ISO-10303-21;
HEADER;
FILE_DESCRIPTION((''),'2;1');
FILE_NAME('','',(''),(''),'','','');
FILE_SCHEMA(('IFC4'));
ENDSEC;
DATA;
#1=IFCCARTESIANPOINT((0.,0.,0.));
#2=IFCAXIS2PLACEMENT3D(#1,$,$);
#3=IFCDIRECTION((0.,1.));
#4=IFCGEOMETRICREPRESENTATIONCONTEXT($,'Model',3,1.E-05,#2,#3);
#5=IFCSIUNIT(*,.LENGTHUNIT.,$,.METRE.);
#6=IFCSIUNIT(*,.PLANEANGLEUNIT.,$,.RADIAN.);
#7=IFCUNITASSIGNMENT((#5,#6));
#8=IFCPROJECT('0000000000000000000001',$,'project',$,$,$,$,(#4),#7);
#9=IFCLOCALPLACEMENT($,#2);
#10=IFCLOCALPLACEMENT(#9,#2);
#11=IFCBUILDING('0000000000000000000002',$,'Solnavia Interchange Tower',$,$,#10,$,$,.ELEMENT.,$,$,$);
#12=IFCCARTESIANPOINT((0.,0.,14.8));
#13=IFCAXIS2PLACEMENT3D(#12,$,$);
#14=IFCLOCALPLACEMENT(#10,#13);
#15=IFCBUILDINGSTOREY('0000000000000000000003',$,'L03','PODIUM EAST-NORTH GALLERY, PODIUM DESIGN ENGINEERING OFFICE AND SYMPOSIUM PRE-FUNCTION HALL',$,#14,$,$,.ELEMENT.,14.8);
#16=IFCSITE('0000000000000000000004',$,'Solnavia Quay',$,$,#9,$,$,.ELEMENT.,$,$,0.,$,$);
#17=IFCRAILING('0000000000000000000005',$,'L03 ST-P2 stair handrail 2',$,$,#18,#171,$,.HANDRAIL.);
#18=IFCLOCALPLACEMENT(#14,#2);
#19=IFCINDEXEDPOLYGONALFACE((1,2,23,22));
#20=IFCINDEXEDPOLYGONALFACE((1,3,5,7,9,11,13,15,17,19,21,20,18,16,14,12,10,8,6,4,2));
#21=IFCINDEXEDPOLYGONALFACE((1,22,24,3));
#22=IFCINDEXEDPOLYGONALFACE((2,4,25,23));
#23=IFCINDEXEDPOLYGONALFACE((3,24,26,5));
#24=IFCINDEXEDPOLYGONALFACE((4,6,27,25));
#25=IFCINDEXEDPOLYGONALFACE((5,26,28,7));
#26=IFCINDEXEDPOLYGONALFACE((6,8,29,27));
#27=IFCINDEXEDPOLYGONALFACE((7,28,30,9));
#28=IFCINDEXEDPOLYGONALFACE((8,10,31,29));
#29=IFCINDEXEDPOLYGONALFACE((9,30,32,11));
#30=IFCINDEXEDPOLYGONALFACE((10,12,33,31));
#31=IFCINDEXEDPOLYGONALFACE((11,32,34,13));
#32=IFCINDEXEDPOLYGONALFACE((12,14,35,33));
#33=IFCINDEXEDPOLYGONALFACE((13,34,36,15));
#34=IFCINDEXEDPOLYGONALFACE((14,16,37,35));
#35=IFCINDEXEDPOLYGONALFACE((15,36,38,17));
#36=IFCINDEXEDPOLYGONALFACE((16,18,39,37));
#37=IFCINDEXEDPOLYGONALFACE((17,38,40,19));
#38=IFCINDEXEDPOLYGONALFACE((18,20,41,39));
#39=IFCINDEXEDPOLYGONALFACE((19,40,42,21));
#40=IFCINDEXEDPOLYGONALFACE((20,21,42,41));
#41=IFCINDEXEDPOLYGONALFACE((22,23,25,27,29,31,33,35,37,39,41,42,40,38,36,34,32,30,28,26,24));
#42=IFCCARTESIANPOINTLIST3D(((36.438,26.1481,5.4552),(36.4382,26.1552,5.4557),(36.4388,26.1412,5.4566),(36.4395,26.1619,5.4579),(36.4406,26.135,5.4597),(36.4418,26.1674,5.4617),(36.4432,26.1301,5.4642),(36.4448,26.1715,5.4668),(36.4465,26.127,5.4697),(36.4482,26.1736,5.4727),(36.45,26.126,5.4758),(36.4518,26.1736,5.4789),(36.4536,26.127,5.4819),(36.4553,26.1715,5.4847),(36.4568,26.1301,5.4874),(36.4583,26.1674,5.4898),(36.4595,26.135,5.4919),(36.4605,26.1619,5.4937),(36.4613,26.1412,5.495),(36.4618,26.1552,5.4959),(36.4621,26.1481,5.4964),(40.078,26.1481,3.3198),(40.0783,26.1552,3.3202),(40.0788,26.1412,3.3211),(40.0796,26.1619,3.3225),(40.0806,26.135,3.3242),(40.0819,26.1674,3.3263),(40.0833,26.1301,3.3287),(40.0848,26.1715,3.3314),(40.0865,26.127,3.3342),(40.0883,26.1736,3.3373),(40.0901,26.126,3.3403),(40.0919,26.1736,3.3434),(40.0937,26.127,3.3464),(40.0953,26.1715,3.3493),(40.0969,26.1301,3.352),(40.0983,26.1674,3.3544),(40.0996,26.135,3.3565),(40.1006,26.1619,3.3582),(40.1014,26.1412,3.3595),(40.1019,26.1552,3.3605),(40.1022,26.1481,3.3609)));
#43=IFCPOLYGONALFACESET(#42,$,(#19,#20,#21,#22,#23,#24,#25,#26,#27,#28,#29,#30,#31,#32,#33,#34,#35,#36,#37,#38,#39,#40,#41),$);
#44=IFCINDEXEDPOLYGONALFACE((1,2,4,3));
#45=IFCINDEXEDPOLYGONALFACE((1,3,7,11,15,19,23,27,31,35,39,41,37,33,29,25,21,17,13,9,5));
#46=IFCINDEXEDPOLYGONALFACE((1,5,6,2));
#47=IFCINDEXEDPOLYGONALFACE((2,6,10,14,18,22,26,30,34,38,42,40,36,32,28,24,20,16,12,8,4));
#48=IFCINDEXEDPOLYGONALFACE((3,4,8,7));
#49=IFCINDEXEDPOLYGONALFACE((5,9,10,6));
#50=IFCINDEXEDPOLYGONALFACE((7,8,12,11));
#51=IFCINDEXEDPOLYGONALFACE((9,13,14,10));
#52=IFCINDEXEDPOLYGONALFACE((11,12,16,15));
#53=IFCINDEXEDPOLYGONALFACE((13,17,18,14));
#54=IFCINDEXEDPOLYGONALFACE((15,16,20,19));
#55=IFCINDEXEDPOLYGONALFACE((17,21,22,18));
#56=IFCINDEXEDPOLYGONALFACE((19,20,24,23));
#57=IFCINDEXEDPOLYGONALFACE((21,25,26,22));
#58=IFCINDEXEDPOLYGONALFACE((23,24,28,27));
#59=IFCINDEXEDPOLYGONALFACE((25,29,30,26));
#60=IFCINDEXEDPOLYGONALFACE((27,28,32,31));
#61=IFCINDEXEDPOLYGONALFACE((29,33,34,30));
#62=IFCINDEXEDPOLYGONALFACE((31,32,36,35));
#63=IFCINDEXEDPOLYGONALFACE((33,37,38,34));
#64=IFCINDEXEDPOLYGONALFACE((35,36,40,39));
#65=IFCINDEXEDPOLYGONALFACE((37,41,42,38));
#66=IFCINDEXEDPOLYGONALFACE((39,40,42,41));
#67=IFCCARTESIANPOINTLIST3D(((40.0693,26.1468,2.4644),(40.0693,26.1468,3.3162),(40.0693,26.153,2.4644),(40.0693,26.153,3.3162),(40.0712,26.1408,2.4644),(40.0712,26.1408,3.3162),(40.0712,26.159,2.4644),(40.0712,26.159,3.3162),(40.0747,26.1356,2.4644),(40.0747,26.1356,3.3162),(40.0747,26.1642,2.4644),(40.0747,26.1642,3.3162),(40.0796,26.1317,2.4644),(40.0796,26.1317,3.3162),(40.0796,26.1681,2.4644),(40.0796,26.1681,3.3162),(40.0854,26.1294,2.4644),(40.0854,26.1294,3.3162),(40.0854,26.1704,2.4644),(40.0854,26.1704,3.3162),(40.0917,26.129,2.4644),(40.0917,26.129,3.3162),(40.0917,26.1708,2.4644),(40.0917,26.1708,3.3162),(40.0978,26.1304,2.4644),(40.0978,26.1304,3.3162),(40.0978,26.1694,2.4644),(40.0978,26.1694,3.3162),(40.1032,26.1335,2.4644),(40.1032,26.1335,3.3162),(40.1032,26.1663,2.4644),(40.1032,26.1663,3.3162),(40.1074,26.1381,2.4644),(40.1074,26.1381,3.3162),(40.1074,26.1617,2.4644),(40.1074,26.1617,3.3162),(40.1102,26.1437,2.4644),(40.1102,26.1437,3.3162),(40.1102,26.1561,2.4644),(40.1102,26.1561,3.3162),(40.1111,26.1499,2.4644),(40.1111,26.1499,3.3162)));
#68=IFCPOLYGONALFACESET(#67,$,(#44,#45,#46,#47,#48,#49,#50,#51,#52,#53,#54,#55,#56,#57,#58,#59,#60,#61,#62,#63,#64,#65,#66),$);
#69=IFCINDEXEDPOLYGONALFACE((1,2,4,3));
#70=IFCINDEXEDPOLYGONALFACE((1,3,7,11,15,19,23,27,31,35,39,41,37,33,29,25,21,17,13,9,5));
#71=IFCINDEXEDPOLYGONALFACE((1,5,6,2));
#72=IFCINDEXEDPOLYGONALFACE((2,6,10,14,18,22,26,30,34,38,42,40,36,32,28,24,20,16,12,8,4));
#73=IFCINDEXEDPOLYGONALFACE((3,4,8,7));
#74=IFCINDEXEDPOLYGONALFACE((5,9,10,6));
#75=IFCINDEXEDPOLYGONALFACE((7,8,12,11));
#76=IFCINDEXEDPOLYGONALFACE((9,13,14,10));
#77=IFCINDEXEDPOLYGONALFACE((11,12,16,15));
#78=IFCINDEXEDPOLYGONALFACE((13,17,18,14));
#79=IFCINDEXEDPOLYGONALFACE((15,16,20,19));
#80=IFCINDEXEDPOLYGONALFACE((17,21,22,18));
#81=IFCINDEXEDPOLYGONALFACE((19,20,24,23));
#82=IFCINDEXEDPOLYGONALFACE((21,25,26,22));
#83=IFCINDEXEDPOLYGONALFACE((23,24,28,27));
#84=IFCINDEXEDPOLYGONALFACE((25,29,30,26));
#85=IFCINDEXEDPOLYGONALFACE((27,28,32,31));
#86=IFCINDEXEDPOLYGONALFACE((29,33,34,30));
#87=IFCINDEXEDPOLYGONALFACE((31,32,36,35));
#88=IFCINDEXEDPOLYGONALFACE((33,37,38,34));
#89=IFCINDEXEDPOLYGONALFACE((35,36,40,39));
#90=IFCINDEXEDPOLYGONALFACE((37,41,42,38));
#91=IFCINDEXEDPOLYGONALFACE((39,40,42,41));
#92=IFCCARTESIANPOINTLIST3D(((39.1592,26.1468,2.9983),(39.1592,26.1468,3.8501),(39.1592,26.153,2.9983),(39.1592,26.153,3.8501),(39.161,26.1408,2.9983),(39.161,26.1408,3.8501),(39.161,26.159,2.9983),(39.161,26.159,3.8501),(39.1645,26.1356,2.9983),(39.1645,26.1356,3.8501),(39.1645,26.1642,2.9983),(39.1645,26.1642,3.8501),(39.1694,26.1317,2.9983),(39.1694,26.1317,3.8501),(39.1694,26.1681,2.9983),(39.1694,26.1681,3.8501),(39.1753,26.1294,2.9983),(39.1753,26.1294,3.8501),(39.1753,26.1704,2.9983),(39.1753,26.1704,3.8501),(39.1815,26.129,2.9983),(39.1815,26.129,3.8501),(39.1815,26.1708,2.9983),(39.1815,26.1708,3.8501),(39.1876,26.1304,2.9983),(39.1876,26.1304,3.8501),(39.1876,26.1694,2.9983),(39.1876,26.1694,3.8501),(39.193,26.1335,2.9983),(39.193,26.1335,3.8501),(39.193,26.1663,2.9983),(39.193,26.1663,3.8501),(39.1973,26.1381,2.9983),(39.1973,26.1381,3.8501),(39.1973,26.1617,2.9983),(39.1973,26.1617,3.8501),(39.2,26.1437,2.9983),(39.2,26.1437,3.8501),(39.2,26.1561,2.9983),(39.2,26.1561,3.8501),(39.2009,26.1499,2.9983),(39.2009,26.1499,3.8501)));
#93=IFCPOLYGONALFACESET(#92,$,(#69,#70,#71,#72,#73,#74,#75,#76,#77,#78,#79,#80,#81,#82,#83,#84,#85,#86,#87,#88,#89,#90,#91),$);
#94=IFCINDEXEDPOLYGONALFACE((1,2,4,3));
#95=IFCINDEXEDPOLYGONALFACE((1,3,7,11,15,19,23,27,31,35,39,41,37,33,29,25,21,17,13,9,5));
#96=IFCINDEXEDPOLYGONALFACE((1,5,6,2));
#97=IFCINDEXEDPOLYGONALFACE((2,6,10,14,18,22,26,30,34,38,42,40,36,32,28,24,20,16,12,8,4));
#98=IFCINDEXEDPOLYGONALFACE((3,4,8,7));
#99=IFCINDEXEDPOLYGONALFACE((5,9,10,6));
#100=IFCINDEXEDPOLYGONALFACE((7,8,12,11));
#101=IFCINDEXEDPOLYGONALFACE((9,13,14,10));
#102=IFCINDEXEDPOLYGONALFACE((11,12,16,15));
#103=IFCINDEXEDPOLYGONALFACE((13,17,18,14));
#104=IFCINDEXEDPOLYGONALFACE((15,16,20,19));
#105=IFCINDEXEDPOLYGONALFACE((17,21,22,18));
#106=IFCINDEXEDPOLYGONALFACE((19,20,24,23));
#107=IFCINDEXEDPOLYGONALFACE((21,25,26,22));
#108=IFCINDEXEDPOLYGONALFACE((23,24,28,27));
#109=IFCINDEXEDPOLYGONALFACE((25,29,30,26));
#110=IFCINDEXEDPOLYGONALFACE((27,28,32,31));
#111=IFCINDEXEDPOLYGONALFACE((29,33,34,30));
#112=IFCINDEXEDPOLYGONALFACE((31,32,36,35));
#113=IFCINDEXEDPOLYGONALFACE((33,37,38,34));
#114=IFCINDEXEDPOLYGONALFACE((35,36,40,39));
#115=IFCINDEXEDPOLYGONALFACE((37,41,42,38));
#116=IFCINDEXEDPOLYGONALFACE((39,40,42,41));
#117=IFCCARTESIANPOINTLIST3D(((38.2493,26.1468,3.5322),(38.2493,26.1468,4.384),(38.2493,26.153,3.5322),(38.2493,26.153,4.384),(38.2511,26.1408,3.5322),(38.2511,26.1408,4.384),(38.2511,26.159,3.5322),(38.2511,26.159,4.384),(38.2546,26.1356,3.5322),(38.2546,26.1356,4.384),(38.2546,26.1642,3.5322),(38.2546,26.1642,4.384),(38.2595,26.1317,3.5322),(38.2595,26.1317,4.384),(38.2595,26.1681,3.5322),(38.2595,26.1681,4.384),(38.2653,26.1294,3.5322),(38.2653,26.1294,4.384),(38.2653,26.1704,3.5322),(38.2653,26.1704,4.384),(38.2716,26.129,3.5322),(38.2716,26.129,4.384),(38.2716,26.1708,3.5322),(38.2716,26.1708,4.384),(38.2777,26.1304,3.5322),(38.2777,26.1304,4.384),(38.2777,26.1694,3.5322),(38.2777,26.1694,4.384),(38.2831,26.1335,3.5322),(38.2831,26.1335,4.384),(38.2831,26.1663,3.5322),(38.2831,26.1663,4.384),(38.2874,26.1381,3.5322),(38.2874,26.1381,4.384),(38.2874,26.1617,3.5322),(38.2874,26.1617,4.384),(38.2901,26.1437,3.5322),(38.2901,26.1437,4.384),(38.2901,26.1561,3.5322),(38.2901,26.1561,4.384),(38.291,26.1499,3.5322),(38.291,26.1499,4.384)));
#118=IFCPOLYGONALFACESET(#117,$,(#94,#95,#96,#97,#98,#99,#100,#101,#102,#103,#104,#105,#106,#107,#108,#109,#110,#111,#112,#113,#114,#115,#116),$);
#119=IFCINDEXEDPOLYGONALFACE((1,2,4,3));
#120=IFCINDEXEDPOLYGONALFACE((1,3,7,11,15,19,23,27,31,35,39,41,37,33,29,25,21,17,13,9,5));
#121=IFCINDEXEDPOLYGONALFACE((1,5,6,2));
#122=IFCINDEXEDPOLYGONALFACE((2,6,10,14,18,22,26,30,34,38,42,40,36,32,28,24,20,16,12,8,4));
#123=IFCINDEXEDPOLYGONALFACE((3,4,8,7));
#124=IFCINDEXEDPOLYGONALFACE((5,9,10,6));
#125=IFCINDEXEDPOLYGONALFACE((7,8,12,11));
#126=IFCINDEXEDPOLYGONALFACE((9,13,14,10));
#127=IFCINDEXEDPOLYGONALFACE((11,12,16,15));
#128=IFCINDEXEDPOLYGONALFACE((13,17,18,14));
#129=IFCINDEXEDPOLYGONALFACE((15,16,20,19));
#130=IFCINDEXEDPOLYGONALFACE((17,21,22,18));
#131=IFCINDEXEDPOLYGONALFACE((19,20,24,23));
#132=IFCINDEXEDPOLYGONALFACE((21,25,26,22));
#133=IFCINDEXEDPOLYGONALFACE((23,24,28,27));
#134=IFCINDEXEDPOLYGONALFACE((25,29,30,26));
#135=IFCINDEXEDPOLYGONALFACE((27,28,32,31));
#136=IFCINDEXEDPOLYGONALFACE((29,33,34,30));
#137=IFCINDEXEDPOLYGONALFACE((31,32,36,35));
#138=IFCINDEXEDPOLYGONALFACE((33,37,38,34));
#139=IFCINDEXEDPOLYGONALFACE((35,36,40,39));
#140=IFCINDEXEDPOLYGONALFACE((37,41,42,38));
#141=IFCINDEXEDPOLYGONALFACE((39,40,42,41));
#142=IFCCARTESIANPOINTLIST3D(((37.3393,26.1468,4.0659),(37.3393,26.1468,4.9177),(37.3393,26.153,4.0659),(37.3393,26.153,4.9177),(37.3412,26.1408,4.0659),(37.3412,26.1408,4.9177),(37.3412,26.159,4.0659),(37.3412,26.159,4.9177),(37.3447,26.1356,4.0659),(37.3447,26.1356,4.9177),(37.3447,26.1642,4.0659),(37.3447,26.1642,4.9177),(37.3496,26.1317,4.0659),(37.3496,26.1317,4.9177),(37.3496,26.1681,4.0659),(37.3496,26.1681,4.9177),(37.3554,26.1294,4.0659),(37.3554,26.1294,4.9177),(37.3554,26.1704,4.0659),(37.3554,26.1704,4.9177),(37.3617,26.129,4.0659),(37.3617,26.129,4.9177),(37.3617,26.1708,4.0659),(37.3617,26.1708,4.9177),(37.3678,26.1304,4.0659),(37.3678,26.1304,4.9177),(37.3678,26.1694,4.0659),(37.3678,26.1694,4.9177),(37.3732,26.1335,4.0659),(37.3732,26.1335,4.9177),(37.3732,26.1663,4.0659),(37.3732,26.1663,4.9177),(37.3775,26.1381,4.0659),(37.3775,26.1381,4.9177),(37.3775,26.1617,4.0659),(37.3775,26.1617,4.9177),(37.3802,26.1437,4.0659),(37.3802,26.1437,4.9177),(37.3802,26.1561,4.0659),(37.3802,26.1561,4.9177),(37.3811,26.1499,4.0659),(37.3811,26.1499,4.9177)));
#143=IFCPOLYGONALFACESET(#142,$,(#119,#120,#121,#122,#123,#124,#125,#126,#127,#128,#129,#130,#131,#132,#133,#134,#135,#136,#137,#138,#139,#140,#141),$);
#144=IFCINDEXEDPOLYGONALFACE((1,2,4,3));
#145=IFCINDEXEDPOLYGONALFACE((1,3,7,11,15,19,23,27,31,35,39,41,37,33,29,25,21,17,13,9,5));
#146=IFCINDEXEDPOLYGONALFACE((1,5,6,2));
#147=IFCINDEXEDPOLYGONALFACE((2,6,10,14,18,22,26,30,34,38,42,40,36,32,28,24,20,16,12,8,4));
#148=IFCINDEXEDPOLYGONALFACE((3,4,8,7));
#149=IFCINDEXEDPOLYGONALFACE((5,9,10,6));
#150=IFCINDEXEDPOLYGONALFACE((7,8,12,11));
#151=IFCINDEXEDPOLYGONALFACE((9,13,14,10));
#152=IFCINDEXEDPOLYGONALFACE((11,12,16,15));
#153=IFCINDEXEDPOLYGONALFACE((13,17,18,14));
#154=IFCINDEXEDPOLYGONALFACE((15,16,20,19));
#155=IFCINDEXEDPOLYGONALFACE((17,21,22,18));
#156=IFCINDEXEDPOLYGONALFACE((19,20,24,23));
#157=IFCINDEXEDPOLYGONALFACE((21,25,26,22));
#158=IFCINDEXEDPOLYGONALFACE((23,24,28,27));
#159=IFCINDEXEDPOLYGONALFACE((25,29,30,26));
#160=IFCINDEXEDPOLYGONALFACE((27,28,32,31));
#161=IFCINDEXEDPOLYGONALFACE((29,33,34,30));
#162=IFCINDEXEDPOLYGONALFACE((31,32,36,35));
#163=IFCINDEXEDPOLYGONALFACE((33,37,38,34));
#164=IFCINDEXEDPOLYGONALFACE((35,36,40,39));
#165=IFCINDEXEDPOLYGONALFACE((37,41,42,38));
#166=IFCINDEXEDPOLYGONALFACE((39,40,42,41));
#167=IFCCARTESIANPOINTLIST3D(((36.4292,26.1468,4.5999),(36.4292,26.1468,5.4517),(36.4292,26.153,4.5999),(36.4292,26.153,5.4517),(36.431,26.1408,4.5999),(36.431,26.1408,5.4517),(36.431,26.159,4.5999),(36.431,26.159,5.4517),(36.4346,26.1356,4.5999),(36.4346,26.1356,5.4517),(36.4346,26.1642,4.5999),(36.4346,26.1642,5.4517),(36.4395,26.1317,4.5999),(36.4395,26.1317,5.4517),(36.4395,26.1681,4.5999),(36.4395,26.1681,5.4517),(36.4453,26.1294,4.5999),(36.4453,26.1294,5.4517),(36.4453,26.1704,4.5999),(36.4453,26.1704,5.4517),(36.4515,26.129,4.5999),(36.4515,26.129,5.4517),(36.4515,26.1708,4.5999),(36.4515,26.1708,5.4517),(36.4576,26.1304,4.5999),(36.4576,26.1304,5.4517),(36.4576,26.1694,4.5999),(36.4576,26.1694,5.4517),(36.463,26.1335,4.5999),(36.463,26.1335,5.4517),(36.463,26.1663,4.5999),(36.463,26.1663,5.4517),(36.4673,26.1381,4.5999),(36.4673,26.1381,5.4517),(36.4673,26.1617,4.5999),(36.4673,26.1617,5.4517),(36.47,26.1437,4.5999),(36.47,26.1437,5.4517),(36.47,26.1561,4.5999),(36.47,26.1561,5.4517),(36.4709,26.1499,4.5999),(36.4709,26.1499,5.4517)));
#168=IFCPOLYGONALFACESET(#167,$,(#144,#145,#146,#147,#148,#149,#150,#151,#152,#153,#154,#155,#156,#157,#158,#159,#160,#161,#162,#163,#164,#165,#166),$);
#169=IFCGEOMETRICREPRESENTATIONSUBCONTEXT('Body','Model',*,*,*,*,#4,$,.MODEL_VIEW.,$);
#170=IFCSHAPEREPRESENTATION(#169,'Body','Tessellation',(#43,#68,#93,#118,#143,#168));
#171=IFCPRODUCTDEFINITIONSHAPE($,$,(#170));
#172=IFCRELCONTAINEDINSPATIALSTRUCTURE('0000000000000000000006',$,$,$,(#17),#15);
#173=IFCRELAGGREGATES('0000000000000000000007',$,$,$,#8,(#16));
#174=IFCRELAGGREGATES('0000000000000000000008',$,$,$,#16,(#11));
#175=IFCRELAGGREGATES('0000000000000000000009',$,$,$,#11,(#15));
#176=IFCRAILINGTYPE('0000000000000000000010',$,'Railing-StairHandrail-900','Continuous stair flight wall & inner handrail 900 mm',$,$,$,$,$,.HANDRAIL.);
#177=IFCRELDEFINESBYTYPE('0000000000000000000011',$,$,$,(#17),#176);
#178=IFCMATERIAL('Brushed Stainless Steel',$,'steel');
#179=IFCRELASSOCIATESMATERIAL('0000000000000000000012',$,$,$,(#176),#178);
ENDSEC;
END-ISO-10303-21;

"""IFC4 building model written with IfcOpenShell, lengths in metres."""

from ifc_helpers import new_model, si_unit, direction, frame, origin, origin_2d, place, context, subcontext, project, spatial, circle, extrude, material, type_object, element, save


model = new_model("IFC4")

# Units and contexts
model_context = context("Model", 3, precision=1e-05, world=origin(), true_north=direction((0.0, 1.0)))
body_context = subcontext(model_context, "Body", "Model", "MODEL_VIEW")
ifc_project = project(units=[si_unit("LENGTHUNIT", "METRE"), si_unit("PLANEANGLEUNIT", "RADIAN")], contexts=[model_context])

# Site, building, storey
site_placement = place(None, origin())
site = spatial("IfcSite", under=ifc_project, at=site_placement, Name="Solnavia Quay", CompositionType="ELEMENT", RefElevation=0.0)
building_placement = place(site_placement, origin())
building = spatial("IfcBuilding", under=site, at=building_placement, Name="Solnavia Interchange Tower", CompositionType="ELEMENT")
storey_placement = place(building_placement, frame((0.0, 0.0, 14.8)))
storey = spatial("IfcBuildingStorey", under=building, at=storey_placement, Name="L03", Description="PODIUM EAST-NORTH GALLERY, PODIUM DESIGN ENGINEERING OFFICE AND SYMPOSIUM PRE-FUNCTION HALL", CompositionType="ELEMENT", Elevation=14.8)

# Railing
ifc_material_1 = material(Name="Brushed Stainless Steel", Category="steel")
railing_type_1 = type_object("IfcRailingType", Name="Railing-StairHandrail-900", Description="Continuous stair flight wall & inner handrail 900 mm", PredefinedType="HANDRAIL", material=ifc_material_1)
railing_1_placement = place(storey_placement, frame((40.0901, 26.1499, 2.4644)))
element("IfcRailing", 1, at=railing_1_placement, inside=storey, type_object=railing_type_1, Name="L03 ST-P2 stair handrail 2", PredefinedType="HANDRAIL", context=body_context, shape_type="SweptSolid", body=[
    extrude(circle(Radius=0.0239, at=origin_2d()), frame((0.0, 0.0, 0.876), z_axis=(-0.86253, 0.0, 0.506006), x_axis=(0.0, -1.0, 0.0)), (0.0, 0.0, 1.0), 4.2202),
    extrude(circle(Radius=0.021, at=origin_2d()), origin(), (0.0, 0.0, 1.0), 0.8518),
    extrude(circle(Radius=0.021, at=origin_2d()), frame((-0.9102, 0.0, 0.5339)), (0.0, 0.0, 1.0), 0.8518),
    extrude(circle(Radius=0.021, at=origin_2d()), frame((-1.8201, 0.0, 1.0679)), (0.0, 0.0, 1.0), 0.8518),
    extrude(circle(Radius=0.021, at=origin_2d()), frame((-2.73, 0.0, 1.6016)), (0.0, 0.0, 1.0), 0.8518),
    extrude(circle(Radius=0.021, at=origin_2d()), frame((-3.6401, 0.0, 2.1355)), (0.0, 0.0, 1.0), 0.8518),
])

save(model, "model.ifc")
